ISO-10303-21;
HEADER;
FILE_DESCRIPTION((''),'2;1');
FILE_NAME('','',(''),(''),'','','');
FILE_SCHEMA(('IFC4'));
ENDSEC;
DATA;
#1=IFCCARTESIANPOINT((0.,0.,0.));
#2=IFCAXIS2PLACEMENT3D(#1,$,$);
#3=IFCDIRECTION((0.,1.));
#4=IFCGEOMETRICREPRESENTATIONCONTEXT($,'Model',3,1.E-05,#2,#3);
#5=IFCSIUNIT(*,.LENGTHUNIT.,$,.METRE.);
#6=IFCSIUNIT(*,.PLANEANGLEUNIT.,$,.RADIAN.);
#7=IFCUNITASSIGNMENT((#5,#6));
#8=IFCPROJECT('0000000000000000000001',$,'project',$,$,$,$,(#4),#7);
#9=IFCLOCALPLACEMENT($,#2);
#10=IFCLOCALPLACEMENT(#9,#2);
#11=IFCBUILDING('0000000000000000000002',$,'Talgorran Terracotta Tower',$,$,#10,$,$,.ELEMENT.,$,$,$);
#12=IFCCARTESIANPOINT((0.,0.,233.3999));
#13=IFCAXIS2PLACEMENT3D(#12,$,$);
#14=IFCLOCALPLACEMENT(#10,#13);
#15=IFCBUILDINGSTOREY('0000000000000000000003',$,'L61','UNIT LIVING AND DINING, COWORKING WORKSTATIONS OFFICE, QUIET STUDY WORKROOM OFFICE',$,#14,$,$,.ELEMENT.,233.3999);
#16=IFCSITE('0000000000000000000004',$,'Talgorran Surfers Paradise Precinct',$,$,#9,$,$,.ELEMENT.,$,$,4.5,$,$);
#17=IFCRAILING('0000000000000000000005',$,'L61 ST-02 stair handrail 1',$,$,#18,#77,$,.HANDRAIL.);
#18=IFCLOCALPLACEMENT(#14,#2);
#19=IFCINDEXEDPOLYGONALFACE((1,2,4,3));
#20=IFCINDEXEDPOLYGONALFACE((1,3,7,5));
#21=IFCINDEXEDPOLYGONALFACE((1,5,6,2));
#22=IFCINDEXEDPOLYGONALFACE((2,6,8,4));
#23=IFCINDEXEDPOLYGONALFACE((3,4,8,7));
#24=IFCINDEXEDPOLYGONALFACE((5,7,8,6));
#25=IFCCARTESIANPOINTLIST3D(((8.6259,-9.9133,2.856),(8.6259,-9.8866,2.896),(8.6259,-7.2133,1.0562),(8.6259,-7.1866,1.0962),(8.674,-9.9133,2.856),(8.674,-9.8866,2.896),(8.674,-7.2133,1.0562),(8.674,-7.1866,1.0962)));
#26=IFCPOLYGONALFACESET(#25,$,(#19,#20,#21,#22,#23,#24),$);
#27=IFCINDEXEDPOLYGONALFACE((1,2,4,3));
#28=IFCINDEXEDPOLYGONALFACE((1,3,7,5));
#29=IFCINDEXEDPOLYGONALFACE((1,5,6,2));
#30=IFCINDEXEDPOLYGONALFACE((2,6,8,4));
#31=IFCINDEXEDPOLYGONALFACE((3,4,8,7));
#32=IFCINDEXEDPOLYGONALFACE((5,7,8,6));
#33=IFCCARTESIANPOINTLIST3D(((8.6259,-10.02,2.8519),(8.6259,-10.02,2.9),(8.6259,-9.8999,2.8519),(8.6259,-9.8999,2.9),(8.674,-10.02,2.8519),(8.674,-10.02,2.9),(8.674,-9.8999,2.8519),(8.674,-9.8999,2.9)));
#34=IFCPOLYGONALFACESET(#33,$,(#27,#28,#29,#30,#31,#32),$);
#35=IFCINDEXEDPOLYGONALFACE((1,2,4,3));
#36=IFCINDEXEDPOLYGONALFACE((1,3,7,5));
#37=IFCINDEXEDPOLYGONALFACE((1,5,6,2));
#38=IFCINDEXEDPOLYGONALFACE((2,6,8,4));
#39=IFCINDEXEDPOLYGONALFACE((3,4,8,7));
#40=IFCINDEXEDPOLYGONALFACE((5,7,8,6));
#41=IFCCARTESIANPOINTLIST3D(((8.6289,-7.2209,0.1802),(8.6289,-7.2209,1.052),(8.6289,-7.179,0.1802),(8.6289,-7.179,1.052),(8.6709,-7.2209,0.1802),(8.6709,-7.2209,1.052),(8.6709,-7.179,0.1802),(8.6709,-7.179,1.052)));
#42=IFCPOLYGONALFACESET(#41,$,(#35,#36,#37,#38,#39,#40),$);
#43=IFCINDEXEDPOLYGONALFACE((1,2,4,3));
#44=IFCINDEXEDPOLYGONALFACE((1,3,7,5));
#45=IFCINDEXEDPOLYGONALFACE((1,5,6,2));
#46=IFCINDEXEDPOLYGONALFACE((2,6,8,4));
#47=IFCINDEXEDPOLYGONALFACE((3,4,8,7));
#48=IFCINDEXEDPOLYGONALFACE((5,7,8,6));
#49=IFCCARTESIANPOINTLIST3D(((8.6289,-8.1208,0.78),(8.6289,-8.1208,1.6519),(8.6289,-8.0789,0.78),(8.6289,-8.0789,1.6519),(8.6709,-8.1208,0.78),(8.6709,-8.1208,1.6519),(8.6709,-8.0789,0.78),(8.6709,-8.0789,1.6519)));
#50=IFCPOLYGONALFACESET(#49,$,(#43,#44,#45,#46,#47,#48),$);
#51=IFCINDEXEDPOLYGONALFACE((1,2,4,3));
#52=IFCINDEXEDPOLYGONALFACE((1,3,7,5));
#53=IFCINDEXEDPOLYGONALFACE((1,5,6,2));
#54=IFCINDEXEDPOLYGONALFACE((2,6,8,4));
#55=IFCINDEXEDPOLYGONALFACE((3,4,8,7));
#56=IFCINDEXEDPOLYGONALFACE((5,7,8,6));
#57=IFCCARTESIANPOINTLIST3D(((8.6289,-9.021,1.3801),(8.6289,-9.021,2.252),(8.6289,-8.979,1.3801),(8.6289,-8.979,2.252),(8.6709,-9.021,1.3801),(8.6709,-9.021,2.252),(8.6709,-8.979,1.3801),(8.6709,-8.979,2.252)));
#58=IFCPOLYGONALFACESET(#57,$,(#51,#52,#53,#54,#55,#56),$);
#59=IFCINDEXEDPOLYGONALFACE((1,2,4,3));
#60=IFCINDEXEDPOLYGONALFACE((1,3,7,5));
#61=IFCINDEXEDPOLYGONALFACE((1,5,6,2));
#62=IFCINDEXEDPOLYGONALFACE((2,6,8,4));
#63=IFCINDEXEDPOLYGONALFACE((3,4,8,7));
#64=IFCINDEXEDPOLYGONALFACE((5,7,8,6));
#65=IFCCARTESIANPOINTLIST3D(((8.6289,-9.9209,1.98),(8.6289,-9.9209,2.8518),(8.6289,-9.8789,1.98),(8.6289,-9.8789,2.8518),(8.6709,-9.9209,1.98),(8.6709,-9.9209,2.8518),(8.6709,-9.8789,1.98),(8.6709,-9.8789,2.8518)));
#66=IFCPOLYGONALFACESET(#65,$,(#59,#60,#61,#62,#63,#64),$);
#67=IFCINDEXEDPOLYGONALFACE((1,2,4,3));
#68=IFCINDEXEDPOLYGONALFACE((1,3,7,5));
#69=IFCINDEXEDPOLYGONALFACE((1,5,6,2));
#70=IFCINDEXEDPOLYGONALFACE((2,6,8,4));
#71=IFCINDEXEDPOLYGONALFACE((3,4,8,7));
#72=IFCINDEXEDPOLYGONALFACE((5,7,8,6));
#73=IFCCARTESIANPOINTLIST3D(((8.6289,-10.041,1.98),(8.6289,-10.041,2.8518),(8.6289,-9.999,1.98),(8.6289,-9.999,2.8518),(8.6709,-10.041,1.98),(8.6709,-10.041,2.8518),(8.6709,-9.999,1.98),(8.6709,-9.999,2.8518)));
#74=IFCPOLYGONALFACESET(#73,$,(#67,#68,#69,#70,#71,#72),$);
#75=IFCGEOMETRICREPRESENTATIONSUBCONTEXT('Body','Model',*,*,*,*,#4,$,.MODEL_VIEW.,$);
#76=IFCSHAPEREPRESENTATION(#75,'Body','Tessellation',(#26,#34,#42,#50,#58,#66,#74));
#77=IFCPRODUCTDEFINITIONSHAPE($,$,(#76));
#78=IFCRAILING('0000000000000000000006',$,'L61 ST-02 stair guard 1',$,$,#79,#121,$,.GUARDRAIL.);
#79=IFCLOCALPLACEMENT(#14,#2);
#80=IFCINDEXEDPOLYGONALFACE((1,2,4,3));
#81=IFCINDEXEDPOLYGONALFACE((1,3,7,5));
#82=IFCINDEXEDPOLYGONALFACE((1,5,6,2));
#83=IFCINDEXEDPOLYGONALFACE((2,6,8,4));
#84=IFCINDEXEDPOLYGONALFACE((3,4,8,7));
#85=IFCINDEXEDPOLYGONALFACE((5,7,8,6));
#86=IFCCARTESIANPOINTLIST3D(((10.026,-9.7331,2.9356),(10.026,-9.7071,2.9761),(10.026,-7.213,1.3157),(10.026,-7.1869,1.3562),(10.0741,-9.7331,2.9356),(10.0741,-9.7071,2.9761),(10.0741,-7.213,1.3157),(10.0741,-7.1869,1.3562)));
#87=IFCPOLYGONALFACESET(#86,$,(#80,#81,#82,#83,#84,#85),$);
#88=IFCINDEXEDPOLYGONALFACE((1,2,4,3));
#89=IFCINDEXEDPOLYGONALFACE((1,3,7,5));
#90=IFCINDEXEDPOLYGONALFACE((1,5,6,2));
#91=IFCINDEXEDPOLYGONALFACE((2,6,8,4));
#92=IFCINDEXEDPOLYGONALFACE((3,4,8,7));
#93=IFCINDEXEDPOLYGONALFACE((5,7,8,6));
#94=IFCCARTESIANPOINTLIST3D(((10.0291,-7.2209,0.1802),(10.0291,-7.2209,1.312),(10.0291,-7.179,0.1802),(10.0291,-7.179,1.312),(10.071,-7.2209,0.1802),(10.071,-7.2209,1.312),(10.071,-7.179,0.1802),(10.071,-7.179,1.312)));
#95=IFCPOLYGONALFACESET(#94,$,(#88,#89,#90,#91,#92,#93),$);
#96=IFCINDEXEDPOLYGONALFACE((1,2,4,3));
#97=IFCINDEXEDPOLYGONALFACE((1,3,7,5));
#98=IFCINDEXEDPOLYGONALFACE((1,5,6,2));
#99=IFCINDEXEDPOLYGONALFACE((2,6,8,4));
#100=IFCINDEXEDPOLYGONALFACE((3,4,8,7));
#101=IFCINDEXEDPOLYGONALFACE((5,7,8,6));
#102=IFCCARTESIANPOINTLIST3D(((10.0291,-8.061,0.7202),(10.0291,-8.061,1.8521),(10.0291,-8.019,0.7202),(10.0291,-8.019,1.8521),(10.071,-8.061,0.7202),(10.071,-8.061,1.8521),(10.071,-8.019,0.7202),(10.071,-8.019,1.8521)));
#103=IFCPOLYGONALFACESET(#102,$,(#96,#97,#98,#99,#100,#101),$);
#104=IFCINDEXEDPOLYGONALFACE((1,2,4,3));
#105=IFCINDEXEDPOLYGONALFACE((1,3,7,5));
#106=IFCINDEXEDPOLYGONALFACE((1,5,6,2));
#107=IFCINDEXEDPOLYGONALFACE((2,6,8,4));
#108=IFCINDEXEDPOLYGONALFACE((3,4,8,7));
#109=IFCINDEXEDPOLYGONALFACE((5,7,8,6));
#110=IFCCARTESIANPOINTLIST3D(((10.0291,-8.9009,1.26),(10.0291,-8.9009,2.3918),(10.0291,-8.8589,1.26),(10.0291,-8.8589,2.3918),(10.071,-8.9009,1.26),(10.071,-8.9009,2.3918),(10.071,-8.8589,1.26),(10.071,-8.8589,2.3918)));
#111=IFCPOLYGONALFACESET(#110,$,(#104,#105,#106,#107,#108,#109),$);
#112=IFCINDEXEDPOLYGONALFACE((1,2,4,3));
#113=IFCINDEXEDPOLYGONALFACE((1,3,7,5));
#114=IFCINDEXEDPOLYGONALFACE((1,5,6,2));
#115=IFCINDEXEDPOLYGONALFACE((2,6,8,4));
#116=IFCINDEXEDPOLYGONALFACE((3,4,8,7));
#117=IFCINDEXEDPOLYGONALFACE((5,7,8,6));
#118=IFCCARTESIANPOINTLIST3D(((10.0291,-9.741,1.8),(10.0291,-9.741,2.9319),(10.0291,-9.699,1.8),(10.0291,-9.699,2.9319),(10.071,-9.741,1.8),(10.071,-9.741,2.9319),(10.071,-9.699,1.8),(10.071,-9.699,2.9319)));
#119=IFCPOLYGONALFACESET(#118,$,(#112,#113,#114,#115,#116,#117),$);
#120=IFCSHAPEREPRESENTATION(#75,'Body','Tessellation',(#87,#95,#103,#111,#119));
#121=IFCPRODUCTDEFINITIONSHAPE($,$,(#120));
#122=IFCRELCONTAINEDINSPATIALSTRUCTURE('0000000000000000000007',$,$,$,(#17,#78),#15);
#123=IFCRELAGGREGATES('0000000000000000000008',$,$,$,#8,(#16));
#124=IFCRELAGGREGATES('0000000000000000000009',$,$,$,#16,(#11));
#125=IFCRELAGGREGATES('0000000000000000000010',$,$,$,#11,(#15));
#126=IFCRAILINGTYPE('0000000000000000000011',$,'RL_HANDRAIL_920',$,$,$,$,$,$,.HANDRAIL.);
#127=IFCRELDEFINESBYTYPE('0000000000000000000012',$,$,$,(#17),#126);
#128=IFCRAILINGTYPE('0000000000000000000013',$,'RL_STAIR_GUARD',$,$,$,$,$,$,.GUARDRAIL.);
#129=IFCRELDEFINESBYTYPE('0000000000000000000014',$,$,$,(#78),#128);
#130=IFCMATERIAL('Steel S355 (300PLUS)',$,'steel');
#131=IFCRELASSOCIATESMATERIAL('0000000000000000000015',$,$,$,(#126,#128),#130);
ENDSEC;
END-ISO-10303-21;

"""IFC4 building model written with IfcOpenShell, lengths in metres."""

from ifc_helpers import new_model, si_unit, direction, frame, origin, origin_2d, place, context, subcontext, project, spatial, rectangle, extrude, material, type_object, element, save


model = new_model("IFC4")

# Units and contexts
model_context = context("Model", 3, precision=1e-05, world=origin(), true_north=direction((0.0, 1.0)))
body_context = subcontext(model_context, "Body", "Model", "MODEL_VIEW")
ifc_project = project(units=[si_unit("LENGTHUNIT", "METRE"), si_unit("PLANEANGLEUNIT", "RADIAN")], contexts=[model_context])

# Site, building, storey
site_placement = place(None, origin())
site = spatial("IfcSite", under=ifc_project, at=site_placement, Name="Talgorran Surfers Paradise Precinct", CompositionType="ELEMENT", RefElevation=4.5)
building_placement = place(site_placement, origin())
building = spatial("IfcBuilding", under=site, at=building_placement, Name="Talgorran Terracotta Tower", CompositionType="ELEMENT")
storey_placement = place(building_placement, frame((0.0, 0.0, 233.3999)))
storey = spatial("IfcBuildingStorey", under=building, at=storey_placement, Name="L61", Description="UNIT LIVING AND DINING, COWORKING WORKSTATIONS OFFICE, QUIET STUDY WORKROOM OFFICE", CompositionType="ELEMENT", Elevation=233.3999)

# Shared definitions
ifc_material_1 = material(Name="Steel S355 (300PLUS)", Category="steel")

# Railings
railing_type_1 = type_object("IfcRailingType", Name="RL_HANDRAIL_920", PredefinedType="HANDRAIL", material=ifc_material_1)
railing_1_placement = place(storey_placement, frame((8.6499, -7.2, 0.1802)))
element("IfcRailing", 1, at=railing_1_placement, inside=storey, type_object=railing_type_1, Name="L61 ST-02 stair handrail 1", PredefinedType="HANDRAIL", context=body_context, shape_type="SweptSolid", body=[
    extrude(rectangle(XDim=0.0481, YDim=0.0481, at=origin_2d()), frame((0.0, 0.0, 0.896), z_axis=(0.0, -0.832073, 0.554665), x_axis=(1.0, 0.0, 0.0)), (0.0, 0.0, 1.0), 3.2449),
    extrude(rectangle(XDim=0.0481, YDim=0.0481, at=origin_2d()), frame((0.0, -2.7, 2.6958), z_axis=(0.0, -1.0, 0.0), x_axis=(1.0, 0.0, 0.0)), (0.0, 0.0, 1.0), 0.1201),
    extrude(rectangle(XDim=0.042, YDim=0.042, at=origin_2d()), origin(), (0.0, 0.0, 1.0), 0.8718),
    extrude(rectangle(XDim=0.042, YDim=0.042, at=origin_2d()), frame((0.0, -0.8999, 0.5999)), (0.0, 0.0, 1.0), 0.8718),
    extrude(rectangle(XDim=0.042, YDim=0.042, at=origin_2d()), frame((0.0, -1.8, 1.2)), (0.0, 0.0, 1.0), 0.8718),
    extrude(rectangle(XDim=0.042, YDim=0.042, at=origin_2d()), frame((0.0, -2.7, 1.7998)), (0.0, 0.0, 1.0), 0.8718),
    extrude(rectangle(XDim=0.042, YDim=0.042, at=origin_2d()), frame((0.0, -2.8201, 1.7998)), (0.0, 0.0, 1.0), 0.8718),
])
railing_type_2 = type_object("IfcRailingType", Name="RL_STAIR_GUARD", PredefinedType="GUARDRAIL", material=ifc_material_1)
railing_2_placement = place(storey_placement, frame((10.05, -7.2, 0.1802)))
element("IfcRailing", 2, at=railing_2_placement, inside=storey, type_object=railing_type_2, Name="L61 ST-02 stair guard 1", PredefinedType="GUARDRAIL", context=body_context, shape_type="SweptSolid", body=[
    extrude(rectangle(XDim=0.0481, YDim=0.0481, at=origin_2d()), frame((0.0, 0.0, 1.1558), z_axis=(0.0, -0.8412, 0.540725), x_axis=(1.0, 0.0, 0.0)), (0.0, 0.0, 1.0), 2.9958),
    extrude(rectangle(XDim=0.042, YDim=0.042, at=origin_2d()), origin(), (0.0, 0.0, 1.0), 1.1318),
    extrude(rectangle(XDim=0.042, YDim=0.042, at=origin_2d()), frame((0.0, -0.8401, 0.54)), (0.0, 0.0, 1.0), 1.1318),
    extrude(rectangle(XDim=0.042, YDim=0.042, at=origin_2d()), frame((0.0, -1.6799, 1.0798)), (0.0, 0.0, 1.0), 1.1318),
    extrude(rectangle(XDim=0.042, YDim=0.042, at=origin_2d()), frame((0.0, -2.52, 1.6199)), (0.0, 0.0, 1.0), 1.1318),
])

save(model, "model.ifc")
